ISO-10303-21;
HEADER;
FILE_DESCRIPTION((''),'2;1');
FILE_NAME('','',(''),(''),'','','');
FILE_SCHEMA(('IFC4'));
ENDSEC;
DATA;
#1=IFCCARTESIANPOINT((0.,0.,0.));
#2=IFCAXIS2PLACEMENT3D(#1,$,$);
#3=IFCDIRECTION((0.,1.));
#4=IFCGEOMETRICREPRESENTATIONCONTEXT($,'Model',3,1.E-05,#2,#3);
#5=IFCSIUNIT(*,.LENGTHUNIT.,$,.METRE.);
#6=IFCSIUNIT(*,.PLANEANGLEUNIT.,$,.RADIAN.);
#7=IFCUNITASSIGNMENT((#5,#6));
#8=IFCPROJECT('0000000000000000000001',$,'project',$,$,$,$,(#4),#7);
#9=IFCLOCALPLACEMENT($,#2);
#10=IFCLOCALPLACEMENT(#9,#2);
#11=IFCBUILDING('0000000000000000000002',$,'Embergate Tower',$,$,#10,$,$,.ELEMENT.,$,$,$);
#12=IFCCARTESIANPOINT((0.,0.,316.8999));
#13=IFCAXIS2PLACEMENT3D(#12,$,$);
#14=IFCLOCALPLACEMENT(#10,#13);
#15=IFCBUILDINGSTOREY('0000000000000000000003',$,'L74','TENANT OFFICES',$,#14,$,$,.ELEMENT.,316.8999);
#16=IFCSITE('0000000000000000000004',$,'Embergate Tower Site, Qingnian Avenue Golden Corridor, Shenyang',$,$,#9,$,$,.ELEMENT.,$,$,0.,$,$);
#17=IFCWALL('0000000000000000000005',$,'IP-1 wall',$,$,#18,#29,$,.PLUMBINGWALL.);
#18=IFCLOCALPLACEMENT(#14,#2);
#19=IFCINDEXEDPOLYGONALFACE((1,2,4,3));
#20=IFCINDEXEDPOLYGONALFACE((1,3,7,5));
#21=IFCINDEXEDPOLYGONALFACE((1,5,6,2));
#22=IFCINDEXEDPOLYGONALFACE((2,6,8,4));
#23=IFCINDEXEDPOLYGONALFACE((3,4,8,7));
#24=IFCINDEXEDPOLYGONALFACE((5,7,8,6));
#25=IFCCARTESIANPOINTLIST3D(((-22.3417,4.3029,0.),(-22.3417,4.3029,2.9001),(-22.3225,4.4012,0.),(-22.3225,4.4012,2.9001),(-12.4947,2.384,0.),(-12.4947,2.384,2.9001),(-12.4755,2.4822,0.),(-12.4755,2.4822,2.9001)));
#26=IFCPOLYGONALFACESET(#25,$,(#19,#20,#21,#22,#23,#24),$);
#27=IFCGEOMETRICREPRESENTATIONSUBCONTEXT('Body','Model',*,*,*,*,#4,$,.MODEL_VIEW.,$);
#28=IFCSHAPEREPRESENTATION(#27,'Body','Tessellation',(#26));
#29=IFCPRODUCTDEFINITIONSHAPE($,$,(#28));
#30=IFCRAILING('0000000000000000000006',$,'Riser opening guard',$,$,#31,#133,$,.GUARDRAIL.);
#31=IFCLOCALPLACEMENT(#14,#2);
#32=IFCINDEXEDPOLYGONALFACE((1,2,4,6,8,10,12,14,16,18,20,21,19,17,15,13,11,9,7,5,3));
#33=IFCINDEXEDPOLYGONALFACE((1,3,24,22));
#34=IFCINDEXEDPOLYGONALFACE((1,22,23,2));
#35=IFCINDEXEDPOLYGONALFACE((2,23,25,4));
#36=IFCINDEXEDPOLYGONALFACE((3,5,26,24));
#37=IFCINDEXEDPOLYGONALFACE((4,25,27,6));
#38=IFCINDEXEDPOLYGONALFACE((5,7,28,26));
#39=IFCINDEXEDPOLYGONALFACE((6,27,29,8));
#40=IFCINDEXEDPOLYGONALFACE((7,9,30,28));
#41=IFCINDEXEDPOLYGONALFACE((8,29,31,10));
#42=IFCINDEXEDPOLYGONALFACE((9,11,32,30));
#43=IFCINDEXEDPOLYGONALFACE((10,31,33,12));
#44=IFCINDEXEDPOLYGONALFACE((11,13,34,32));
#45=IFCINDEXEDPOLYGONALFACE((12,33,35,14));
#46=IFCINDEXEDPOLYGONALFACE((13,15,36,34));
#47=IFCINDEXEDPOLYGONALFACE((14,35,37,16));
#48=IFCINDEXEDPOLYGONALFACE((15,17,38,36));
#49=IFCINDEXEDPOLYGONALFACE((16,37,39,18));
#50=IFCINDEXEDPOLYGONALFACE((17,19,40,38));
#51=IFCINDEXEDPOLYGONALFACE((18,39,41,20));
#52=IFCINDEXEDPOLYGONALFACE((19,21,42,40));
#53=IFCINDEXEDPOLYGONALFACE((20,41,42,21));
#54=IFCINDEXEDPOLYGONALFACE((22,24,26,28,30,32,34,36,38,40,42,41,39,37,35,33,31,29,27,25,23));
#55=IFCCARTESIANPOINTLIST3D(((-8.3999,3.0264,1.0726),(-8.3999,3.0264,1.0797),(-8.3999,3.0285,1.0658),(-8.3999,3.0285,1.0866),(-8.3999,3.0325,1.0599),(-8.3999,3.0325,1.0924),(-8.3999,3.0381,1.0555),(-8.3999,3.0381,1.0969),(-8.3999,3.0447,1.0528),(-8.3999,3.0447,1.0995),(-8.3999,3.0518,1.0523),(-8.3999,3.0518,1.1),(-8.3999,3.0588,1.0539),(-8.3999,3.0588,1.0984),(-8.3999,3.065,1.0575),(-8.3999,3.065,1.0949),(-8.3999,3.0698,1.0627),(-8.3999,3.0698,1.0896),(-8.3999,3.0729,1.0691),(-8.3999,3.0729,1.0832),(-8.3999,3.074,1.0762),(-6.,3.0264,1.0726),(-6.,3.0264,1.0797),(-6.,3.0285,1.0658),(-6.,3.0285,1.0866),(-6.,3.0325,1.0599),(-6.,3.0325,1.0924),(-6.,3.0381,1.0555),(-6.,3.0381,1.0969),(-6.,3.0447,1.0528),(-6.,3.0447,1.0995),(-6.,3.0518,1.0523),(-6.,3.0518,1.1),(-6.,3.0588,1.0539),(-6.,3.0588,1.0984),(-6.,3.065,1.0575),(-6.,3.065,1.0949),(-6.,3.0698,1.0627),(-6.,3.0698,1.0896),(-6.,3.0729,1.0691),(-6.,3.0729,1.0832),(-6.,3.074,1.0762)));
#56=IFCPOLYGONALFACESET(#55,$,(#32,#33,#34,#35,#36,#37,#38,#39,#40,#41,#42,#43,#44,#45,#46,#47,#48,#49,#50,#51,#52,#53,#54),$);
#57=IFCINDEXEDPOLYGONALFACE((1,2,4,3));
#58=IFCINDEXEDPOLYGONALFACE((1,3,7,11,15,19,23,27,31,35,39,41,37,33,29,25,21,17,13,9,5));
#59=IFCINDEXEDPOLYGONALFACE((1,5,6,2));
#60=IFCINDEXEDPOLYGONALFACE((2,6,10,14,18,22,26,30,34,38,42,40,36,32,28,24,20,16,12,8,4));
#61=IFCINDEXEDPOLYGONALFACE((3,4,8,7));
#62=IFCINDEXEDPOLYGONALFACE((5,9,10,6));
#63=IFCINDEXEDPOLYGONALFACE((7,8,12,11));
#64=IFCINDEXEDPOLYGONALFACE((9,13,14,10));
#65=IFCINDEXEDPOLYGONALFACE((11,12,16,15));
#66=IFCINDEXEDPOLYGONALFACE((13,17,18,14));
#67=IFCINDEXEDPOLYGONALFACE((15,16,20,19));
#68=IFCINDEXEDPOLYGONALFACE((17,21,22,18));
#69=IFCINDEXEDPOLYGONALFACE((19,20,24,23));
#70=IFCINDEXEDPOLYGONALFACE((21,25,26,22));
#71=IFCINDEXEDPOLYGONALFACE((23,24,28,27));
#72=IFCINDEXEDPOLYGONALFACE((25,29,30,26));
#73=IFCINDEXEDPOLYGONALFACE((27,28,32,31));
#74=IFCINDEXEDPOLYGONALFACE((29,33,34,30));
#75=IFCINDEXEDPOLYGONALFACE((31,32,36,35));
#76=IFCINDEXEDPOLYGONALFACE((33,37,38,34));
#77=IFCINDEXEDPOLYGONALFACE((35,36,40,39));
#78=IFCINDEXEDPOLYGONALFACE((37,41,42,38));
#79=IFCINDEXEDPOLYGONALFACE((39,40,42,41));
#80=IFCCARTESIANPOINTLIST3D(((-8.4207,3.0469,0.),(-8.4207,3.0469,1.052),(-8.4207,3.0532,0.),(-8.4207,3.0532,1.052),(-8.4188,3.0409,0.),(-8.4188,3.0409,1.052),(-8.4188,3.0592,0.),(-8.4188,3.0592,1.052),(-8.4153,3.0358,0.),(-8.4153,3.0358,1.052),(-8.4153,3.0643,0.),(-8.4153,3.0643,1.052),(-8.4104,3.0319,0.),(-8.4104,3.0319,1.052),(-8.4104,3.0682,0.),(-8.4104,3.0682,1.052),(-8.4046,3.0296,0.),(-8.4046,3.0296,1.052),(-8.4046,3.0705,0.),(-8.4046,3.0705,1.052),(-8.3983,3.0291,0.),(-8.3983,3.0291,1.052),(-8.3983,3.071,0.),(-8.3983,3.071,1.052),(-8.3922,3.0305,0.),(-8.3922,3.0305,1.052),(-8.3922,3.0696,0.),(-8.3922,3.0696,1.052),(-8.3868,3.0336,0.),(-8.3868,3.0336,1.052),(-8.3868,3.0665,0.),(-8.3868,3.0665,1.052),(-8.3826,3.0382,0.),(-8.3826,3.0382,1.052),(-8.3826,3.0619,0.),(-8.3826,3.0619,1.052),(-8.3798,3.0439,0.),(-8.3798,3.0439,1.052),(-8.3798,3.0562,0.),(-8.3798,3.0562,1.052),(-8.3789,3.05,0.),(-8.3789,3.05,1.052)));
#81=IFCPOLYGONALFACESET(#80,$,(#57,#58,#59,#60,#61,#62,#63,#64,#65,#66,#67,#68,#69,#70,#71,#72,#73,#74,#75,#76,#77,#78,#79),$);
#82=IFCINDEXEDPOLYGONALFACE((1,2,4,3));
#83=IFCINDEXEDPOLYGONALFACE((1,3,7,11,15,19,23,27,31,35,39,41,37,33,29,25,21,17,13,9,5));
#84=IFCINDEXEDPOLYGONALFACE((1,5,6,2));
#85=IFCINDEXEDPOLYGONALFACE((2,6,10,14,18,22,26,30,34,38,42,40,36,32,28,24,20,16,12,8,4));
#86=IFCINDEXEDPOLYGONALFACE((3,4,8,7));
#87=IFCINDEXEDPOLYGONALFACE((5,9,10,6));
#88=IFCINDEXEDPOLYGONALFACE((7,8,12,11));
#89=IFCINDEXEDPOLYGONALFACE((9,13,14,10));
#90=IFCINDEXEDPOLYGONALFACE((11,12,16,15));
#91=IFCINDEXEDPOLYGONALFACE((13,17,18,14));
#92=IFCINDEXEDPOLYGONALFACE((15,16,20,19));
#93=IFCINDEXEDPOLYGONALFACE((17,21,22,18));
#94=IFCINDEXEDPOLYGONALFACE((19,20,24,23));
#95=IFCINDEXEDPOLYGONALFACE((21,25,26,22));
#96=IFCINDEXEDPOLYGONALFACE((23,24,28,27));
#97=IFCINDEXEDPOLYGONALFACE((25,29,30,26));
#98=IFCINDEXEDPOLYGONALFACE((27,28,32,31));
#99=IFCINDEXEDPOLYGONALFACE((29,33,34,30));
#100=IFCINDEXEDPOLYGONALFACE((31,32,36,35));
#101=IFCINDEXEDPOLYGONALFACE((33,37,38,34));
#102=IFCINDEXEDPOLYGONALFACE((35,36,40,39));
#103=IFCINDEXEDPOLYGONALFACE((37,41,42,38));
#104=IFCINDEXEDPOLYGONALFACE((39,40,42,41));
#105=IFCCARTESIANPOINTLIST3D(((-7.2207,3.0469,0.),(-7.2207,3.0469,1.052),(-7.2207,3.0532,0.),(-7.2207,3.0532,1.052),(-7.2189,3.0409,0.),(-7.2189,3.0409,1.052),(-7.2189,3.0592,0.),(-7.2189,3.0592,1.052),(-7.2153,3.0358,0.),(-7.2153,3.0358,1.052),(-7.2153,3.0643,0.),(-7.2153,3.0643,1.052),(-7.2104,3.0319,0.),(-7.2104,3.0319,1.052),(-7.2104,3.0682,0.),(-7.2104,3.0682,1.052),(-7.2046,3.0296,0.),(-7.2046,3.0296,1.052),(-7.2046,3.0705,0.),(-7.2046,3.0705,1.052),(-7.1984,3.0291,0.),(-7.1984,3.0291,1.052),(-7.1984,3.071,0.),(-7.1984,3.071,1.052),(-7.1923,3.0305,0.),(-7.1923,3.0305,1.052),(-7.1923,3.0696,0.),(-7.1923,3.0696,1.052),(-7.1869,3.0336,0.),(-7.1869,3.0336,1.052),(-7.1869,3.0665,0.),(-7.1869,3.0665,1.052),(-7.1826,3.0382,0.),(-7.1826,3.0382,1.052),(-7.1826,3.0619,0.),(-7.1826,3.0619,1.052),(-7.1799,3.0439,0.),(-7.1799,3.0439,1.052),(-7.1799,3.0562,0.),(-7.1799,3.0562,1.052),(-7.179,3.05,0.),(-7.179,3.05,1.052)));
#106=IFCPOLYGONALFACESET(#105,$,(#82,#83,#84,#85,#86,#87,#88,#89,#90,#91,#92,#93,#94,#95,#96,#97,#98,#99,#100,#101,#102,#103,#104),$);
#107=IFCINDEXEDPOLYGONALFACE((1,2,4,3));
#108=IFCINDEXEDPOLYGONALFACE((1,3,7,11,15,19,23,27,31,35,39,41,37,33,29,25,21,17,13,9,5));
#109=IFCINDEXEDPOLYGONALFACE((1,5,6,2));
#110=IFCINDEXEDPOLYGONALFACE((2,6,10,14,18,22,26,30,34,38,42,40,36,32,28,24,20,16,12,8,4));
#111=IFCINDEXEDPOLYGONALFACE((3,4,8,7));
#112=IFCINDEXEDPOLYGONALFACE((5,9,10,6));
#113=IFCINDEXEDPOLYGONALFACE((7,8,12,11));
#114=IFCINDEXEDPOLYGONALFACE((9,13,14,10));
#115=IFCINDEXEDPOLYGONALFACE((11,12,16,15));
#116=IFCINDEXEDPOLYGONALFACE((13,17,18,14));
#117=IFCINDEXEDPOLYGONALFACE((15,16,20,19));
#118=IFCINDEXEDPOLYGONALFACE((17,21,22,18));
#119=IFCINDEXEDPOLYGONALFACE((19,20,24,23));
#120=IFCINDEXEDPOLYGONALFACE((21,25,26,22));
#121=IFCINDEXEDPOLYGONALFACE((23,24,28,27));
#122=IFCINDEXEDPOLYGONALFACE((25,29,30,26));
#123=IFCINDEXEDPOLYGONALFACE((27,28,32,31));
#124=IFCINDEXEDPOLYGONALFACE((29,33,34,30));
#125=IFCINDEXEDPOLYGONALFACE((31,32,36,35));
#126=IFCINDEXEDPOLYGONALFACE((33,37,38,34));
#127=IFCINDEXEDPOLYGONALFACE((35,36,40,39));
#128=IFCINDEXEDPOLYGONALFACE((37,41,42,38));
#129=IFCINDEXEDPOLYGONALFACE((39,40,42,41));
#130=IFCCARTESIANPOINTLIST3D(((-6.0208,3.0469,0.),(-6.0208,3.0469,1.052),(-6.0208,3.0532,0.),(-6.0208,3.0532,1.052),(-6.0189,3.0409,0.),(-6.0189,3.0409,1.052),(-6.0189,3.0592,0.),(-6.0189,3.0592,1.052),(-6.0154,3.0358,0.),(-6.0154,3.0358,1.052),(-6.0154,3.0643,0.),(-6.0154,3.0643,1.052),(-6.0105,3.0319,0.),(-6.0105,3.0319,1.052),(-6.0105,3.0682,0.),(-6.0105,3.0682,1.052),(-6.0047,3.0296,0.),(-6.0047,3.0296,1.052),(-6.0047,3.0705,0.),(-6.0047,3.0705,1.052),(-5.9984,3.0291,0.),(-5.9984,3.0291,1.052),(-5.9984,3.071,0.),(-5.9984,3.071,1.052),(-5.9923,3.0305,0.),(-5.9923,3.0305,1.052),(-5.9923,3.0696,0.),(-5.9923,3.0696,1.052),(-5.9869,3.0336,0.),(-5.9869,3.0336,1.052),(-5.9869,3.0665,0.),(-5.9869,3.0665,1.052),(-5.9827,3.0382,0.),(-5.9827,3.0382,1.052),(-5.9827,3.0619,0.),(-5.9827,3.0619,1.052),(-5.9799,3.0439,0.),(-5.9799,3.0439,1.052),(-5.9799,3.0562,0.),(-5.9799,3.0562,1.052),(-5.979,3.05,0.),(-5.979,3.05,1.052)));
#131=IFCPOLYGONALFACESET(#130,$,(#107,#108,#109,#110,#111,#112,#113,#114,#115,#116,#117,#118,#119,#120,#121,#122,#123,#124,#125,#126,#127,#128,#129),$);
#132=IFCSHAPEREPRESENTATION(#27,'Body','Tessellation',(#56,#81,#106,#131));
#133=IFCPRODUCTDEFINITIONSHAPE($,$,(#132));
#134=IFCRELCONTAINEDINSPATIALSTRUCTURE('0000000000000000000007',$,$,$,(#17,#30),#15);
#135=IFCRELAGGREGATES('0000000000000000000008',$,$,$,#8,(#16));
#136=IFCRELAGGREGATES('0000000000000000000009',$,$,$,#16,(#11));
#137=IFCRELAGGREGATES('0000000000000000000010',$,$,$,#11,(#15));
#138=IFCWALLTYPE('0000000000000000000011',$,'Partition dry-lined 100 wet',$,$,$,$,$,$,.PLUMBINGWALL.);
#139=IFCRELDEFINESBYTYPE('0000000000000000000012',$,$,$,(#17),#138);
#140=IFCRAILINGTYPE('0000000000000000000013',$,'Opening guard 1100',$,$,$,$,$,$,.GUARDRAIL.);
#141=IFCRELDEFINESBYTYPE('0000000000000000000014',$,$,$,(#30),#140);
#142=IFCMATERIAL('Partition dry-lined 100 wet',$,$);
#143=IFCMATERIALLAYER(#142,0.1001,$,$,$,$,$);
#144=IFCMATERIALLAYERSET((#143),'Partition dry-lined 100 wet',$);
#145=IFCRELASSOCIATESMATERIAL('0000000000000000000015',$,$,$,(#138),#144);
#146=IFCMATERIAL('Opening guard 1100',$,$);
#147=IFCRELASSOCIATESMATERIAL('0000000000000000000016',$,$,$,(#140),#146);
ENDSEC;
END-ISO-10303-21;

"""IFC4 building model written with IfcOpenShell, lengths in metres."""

from ifc_helpers import new_model, si_unit, direction, frame, frame_2d, origin, origin_2d, place, context, subcontext, project, spatial, rectangle, circle, extrude, source, transform, mapped, material, layer, layer_set, type_object, element, save


model = new_model("IFC4")

# Units and contexts
model_context = context("Model", 3, precision=1e-05, world=origin(), true_north=direction((0.0, 1.0)))
body_context = subcontext(model_context, "Body", "Model", "MODEL_VIEW")
ifc_project = project(units=[si_unit("LENGTHUNIT", "METRE"), si_unit("PLANEANGLEUNIT", "RADIAN")], contexts=[model_context])

# Site, building, storey
site_placement = place(None, origin())
site = spatial("IfcSite", under=ifc_project, at=site_placement, Name="Embergate Tower Site, Qingnian Avenue Golden Corridor, Shenyang", CompositionType="ELEMENT", RefElevation=0.0)
building_placement = place(site_placement, origin())
building = spatial("IfcBuilding", under=site, at=building_placement, Name="Embergate Tower", CompositionType="ELEMENT")
storey_placement = place(building_placement, frame((0.0, 0.0, 316.8999)))
storey = spatial("IfcBuildingStorey", under=building, at=storey_placement, Name="L74", Description="TENANT OFFICES", CompositionType="ELEMENT", Elevation=316.8999)

# Wall
ifc_material_1 = material(Name="Partition dry-lined 100 wet")
ifc_layer_1 = layer(ifc_material_1, 0.1001)
ifc_layer_set_1 = layer_set([ifc_layer_1], Name="Partition dry-lined 100 wet")
wall_type_1 = type_object("IfcWallType", Name="Partition dry-lined 100 wet", PredefinedType="PLUMBINGWALL", material=ifc_layer_set_1)
shared_shape_1 = source(origin(), body_context, "Body", "SweptSolid", [
    extrude(rectangle(XDim=10.0322, YDim=0.1001, at=frame_2d((5.0161, 0.0))), origin(), (0.0, 0.0, 1.0), 2.9001),
])
wall_1_placement = place(storey_placement, frame((-12.4851, 2.4331, 0.0), z_axis=(0.0, 0.0, 1.0), x_axis=(-0.981536, 0.191279, 0.0)))
element("IfcWall", 1, at=wall_1_placement, inside=storey, type_object=wall_type_1, Name="IP-1 wall", PredefinedType="PLUMBINGWALL", context=body_context, shape_type="MappedRepresentation", body=[
    mapped(shared_shape_1, transform((0.0, 0.0, 0.0))),
])

# Railing
ifc_material_2 = material(Name="Opening guard 1100")
railing_type = type_object("IfcRailingType", Name="Opening guard 1100", PredefinedType="GUARDRAIL", material=ifc_material_2)
shared_shape_2 = source(origin(), body_context, "Body", "SweptSolid", [
    extrude(circle(Radius=0.0239, at=origin_2d()), frame((0.0, 0.0, 1.0762), z_axis=(1.0, 0.0, 0.0), x_axis=(0.0, 1.0, 0.0)), (0.0, 0.0, 1.0), 2.3999),
    extrude(circle(Radius=0.021, at=origin_2d()), origin(), (0.0, 0.0, 1.0), 1.052),
    extrude(circle(Radius=0.021, at=origin_2d()), frame((1.2, 0.0, 0.0)), (0.0, 0.0, 1.0), 1.052),
    extrude(circle(Radius=0.021, at=origin_2d()), frame((2.3999, 0.0, 0.0)), (0.0, 0.0, 1.0), 1.052),
])
railing_placement = place(storey_placement, frame((-8.3999, 3.05, 0.0)))
element("IfcRailing", 2, at=railing_placement, inside=storey, type_object=railing_type, Name="Riser opening guard", PredefinedType="GUARDRAIL", context=body_context, shape_type="MappedRepresentation", body=[
    mapped(shared_shape_2, transform((0.0, 0.0, 0.0))),
])

save(model, "model.ifc")
